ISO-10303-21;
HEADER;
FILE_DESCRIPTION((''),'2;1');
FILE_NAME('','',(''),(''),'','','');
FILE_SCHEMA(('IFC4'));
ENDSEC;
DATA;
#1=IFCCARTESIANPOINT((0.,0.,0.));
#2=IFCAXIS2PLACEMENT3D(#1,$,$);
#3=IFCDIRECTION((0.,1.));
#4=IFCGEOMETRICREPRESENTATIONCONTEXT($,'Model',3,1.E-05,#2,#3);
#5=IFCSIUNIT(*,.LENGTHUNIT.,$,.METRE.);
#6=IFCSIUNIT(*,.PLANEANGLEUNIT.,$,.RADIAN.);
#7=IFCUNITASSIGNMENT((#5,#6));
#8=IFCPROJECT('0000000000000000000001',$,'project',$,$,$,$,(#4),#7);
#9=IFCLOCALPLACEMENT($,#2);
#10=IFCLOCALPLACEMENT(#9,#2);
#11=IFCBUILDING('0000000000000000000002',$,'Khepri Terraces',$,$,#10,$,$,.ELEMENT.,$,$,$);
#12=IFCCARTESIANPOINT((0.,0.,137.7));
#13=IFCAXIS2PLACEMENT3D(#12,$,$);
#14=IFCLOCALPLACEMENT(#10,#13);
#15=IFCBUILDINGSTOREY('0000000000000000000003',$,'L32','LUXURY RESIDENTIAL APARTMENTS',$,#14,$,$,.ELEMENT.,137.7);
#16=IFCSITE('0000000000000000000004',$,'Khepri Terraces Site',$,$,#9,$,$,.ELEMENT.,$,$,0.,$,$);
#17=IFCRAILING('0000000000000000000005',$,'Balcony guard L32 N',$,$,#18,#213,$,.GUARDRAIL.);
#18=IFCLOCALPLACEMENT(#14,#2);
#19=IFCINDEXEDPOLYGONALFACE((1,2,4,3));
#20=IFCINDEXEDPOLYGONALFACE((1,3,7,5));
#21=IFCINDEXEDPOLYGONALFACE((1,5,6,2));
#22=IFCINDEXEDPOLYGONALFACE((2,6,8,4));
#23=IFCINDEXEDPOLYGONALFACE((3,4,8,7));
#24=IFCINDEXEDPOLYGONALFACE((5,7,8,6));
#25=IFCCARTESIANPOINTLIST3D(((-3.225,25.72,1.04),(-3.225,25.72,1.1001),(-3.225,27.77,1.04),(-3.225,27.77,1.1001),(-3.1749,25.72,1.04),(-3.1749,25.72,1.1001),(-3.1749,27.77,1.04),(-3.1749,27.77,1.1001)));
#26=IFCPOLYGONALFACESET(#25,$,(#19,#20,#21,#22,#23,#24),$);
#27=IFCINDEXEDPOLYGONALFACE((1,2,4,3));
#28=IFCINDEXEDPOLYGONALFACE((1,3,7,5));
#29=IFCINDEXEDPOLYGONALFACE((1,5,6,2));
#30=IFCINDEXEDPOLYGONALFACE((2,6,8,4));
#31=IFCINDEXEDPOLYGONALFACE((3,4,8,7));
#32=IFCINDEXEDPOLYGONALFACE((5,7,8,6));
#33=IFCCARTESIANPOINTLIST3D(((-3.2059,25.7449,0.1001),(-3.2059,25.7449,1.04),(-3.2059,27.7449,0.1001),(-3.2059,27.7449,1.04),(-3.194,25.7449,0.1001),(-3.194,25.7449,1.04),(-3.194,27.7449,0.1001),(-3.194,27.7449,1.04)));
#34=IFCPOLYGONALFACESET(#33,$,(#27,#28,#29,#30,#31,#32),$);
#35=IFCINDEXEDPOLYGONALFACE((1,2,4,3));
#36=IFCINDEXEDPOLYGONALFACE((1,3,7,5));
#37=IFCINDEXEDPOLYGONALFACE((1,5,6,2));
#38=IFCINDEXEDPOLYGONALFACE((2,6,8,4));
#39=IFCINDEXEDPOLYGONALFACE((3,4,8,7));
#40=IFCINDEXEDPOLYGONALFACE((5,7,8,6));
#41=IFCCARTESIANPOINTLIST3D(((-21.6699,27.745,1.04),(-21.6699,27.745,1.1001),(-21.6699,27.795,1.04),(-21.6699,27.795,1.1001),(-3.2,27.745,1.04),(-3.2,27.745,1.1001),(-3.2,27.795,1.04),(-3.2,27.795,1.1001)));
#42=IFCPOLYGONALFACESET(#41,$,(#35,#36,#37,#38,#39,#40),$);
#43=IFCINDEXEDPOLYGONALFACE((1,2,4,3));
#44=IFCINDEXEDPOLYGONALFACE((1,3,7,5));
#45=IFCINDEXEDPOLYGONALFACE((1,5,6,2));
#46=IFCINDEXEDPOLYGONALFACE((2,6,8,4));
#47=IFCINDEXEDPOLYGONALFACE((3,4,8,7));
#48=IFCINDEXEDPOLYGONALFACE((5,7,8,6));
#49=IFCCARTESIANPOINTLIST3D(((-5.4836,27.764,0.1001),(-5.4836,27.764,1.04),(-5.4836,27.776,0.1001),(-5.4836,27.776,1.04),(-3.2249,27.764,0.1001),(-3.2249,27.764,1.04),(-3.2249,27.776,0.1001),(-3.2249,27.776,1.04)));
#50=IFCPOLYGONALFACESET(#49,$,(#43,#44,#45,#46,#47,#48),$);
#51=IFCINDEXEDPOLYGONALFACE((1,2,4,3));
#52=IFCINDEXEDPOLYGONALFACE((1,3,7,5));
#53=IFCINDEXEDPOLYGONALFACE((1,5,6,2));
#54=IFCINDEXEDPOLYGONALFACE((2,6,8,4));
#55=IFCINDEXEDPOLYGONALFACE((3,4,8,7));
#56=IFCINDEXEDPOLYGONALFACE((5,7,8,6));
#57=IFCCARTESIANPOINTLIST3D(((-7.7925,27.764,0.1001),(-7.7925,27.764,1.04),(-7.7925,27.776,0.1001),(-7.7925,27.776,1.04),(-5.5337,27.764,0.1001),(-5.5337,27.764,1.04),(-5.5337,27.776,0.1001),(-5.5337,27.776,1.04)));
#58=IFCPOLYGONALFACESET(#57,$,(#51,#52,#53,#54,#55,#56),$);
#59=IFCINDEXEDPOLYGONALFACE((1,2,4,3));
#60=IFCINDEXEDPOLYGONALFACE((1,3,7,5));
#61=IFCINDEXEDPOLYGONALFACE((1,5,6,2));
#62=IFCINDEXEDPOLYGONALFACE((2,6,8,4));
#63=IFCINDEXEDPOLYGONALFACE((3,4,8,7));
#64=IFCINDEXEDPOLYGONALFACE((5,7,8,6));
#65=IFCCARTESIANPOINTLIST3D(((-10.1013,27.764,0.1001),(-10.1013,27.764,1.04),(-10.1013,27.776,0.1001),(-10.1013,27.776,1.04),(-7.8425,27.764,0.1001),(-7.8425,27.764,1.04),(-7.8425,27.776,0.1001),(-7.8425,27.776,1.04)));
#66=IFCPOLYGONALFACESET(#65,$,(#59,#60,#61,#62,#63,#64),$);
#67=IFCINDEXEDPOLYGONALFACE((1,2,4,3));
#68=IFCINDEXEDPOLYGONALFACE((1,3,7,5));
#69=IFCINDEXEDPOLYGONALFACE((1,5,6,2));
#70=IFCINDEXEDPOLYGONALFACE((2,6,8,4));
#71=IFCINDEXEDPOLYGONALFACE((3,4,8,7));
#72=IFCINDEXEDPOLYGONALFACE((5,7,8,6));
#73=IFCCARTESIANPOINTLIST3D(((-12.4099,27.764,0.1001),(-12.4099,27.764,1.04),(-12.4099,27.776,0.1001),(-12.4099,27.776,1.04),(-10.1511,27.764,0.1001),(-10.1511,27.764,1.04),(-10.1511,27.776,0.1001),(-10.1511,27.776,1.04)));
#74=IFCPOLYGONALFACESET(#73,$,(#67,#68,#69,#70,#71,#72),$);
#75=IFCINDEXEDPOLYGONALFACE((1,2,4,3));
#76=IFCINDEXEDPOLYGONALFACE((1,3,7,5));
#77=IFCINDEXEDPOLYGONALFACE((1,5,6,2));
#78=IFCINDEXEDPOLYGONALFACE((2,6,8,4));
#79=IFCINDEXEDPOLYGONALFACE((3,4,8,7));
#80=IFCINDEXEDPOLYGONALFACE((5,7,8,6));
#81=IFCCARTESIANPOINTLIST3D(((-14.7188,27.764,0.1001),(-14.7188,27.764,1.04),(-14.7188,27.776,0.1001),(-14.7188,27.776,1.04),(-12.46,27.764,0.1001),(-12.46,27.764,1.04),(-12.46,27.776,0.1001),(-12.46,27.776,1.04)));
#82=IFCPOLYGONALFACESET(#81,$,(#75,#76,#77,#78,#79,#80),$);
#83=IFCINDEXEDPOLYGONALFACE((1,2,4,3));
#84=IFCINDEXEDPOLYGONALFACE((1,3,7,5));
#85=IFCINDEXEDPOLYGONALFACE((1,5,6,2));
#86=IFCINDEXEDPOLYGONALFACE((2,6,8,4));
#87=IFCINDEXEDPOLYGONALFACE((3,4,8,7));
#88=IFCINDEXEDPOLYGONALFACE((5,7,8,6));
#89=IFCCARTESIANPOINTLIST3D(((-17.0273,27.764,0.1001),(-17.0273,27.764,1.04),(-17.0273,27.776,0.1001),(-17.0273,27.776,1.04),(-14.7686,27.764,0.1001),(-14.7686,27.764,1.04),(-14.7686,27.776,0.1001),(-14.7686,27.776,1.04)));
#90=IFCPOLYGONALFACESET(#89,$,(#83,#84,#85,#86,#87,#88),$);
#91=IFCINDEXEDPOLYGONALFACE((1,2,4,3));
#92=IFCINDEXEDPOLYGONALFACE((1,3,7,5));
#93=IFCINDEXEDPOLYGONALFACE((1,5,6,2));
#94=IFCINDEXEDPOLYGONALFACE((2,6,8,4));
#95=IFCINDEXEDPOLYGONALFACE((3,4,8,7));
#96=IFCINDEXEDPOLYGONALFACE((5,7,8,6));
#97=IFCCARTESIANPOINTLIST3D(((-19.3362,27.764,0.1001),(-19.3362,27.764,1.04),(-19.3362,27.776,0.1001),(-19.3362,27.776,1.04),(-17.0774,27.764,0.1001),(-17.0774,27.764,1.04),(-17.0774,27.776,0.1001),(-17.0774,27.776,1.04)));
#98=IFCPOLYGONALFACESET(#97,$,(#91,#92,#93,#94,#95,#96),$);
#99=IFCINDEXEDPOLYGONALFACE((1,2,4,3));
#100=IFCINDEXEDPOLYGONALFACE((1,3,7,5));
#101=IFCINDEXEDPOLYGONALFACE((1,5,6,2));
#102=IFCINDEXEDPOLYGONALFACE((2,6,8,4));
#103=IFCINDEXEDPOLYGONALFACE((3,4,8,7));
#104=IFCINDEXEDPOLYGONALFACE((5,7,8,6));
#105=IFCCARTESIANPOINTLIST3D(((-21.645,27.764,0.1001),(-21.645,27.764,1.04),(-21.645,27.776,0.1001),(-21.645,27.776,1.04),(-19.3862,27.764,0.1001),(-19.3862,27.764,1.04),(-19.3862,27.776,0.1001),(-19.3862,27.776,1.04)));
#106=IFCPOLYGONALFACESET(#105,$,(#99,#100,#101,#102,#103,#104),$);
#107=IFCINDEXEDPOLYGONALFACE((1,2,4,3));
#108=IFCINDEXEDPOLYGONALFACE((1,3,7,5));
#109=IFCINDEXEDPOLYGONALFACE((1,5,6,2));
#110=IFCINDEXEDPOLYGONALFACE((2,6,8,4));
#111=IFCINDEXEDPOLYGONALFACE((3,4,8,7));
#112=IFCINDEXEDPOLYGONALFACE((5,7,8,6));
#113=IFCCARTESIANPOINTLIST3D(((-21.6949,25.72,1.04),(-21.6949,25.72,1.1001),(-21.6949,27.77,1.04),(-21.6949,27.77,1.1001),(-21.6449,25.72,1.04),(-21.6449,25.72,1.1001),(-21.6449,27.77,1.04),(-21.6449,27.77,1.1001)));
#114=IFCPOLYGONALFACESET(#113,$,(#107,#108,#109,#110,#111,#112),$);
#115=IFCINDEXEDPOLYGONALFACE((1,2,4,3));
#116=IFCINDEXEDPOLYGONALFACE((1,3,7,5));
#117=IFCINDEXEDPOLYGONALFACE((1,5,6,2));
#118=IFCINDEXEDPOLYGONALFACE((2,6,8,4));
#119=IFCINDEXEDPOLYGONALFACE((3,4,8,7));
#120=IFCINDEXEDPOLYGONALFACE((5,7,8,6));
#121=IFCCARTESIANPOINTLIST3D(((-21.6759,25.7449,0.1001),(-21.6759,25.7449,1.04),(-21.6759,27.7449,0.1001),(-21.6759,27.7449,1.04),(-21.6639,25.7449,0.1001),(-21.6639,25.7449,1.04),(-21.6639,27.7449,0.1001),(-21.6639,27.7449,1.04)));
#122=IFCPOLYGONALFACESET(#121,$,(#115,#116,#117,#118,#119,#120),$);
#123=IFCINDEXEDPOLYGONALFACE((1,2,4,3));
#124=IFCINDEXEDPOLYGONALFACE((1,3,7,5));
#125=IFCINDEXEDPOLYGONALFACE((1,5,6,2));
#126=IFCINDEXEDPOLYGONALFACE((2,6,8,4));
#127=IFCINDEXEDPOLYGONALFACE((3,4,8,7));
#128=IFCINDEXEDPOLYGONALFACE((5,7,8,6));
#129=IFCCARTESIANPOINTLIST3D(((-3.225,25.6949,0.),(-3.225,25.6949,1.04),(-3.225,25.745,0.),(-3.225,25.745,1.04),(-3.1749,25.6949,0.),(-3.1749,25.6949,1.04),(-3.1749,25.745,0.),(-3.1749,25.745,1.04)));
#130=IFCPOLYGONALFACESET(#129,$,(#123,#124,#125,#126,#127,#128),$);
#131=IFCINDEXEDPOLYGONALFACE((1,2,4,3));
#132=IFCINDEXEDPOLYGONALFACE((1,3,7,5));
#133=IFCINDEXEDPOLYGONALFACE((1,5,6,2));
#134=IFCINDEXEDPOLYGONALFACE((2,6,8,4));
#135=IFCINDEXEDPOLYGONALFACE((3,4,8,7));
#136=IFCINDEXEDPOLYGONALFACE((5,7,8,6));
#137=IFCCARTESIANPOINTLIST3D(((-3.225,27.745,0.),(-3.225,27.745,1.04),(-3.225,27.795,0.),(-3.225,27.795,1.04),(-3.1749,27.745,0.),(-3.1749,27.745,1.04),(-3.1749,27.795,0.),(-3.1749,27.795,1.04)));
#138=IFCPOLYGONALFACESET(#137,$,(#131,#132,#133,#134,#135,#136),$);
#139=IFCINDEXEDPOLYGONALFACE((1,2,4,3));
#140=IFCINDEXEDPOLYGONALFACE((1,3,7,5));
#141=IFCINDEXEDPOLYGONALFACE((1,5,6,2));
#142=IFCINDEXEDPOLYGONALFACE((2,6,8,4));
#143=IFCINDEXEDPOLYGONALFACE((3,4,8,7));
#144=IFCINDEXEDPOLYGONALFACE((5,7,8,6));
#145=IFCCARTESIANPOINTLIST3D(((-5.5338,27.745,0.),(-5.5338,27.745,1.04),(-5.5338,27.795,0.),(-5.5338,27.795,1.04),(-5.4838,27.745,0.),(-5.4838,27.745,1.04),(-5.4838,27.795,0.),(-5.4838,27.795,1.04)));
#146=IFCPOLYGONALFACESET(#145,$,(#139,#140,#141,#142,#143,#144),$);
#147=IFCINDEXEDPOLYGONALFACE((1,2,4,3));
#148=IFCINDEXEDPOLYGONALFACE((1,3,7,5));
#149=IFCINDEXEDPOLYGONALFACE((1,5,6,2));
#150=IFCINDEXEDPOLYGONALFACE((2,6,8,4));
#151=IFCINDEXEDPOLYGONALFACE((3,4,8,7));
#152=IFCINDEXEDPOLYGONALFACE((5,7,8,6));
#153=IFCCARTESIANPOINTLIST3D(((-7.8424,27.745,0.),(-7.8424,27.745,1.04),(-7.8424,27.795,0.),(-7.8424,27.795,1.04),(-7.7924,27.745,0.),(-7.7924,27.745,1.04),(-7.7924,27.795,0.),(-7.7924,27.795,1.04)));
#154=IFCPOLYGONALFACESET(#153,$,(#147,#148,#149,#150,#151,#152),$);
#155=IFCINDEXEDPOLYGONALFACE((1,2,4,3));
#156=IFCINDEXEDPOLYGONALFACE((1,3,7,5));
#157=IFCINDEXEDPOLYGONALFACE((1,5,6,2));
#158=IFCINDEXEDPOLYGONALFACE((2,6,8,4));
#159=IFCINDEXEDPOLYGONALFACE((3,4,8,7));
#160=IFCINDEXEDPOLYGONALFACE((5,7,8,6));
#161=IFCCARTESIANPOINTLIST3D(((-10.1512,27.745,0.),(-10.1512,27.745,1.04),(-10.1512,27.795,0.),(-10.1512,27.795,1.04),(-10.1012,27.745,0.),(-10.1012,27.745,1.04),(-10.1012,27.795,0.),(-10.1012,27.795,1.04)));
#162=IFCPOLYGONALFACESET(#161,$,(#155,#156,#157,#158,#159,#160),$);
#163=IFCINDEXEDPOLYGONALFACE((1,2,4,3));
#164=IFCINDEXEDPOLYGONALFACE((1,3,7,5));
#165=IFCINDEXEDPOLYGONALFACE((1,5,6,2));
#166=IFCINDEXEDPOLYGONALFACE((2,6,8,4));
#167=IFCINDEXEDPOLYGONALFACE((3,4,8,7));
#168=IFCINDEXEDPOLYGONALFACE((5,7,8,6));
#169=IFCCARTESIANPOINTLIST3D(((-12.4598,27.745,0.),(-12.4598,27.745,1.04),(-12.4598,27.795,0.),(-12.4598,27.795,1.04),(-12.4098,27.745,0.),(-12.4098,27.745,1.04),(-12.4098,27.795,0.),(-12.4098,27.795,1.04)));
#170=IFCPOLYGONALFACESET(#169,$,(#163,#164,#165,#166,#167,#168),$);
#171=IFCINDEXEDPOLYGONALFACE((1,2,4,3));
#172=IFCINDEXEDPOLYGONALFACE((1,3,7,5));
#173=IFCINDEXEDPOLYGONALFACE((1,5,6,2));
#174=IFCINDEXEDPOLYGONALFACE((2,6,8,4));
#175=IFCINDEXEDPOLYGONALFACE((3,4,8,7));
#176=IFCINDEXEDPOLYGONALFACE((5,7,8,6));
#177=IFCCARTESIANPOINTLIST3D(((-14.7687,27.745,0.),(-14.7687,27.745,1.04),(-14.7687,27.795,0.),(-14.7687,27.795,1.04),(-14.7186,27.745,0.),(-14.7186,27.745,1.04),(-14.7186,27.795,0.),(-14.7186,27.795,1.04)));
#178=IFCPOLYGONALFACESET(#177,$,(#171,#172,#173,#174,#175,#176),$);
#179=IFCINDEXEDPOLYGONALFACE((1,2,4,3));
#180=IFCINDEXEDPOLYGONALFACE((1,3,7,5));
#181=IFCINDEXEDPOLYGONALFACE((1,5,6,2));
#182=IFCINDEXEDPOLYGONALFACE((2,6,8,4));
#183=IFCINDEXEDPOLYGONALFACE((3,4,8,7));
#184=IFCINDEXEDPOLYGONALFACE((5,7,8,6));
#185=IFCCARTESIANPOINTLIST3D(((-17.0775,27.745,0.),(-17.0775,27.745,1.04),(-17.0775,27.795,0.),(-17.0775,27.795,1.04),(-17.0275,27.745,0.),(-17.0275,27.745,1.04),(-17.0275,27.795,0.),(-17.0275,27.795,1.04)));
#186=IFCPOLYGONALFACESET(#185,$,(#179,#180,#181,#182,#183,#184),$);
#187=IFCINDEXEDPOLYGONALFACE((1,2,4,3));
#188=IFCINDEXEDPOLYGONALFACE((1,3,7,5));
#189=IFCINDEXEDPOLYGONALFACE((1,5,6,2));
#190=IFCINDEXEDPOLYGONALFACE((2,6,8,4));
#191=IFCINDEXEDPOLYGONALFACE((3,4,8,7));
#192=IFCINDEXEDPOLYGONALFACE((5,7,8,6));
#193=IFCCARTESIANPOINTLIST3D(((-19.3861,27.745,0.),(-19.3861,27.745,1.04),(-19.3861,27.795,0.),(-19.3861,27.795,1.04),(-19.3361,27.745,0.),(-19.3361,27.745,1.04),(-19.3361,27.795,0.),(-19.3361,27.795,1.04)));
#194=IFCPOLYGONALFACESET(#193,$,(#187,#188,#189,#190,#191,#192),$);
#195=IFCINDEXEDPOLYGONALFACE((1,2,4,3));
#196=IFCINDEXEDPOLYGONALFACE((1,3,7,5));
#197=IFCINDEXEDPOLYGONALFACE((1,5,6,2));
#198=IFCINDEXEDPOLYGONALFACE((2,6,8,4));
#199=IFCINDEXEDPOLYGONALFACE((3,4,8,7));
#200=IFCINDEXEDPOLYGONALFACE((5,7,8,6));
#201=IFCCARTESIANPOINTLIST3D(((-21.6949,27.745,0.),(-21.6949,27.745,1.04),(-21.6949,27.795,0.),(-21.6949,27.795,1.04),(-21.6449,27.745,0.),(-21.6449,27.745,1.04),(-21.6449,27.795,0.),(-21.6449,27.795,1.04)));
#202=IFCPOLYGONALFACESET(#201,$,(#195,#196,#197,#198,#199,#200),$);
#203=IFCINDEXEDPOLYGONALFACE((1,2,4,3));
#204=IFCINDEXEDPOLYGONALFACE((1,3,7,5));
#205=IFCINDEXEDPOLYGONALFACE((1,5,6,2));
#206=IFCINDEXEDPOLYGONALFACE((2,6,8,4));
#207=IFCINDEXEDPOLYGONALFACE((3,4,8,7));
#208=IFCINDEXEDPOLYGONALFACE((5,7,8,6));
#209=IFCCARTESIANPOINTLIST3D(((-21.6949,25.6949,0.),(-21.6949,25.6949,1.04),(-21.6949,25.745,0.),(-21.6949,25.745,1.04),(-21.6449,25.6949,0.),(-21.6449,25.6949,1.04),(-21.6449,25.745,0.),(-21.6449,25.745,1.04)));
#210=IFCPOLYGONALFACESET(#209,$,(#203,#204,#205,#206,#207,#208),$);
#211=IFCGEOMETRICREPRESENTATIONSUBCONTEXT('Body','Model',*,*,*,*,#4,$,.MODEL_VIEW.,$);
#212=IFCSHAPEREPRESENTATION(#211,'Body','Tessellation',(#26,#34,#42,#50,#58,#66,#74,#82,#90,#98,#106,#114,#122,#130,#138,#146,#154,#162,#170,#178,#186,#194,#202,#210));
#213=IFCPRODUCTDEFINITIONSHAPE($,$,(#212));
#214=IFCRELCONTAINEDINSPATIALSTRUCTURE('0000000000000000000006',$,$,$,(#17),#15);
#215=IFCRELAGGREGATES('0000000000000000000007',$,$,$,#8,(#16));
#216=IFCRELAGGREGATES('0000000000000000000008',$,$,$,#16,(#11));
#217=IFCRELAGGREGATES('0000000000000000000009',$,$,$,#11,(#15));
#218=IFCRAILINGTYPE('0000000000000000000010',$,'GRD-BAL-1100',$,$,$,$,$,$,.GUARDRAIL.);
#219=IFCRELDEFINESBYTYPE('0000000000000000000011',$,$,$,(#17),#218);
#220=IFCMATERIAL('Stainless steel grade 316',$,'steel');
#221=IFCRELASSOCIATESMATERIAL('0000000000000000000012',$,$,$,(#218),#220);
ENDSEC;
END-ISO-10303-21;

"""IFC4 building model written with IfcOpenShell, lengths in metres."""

from ifc_helpers import new_model, si_unit, direction, frame, origin, origin_2d, place, context, subcontext, project, spatial, rectangle, extrude, material, type_object, element, save


model = new_model("IFC4")

# Units and contexts
model_context = context("Model", 3, precision=1e-05, world=origin(), true_north=direction((0.0, 1.0)))
body_context = subcontext(model_context, "Body", "Model", "MODEL_VIEW")
ifc_project = project(units=[si_unit("LENGTHUNIT", "METRE"), si_unit("PLANEANGLEUNIT", "RADIAN")], contexts=[model_context])

# Site, building, storey
site_placement = place(None, origin())
site = spatial("IfcSite", under=ifc_project, at=site_placement, Name="Khepri Terraces Site", CompositionType="ELEMENT", RefElevation=0.0)
building_placement = place(site_placement, origin())
building = spatial("IfcBuilding", under=site, at=building_placement, Name="Khepri Terraces", CompositionType="ELEMENT")
storey_placement = place(building_placement, frame((0.0, 0.0, 137.7)))
storey = spatial("IfcBuildingStorey", under=building, at=storey_placement, Name="L32", Description="LUXURY RESIDENTIAL APARTMENTS", CompositionType="ELEMENT", Elevation=137.7)

# Railing
ifc_material_1 = material(Name="Stainless steel grade 316", Category="steel")
railing_type = type_object("IfcRailingType", Name="GRD-BAL-1100", PredefinedType="GUARDRAIL", material=ifc_material_1)
railing_placement = place(storey_placement, frame((-3.2, 25.72, 0.0)))
element("IfcRailing", 1, at=railing_placement, inside=storey, type_object=railing_type, Name="Balcony guard L32 N", PredefinedType="GUARDRAIL", context=body_context, shape_type="SweptSolid", body=[
    extrude(rectangle(XDim=0.05, YDim=0.0601, at=origin_2d()), frame((0.0, 0.0, 1.0701), z_axis=(0.0, 1.0, 0.0), x_axis=(-1.0, 0.0, 0.0)), (0.0, 0.0, 1.0), 2.05),
    extrude(rectangle(XDim=2.0, YDim=0.012, at=origin_2d()), frame((0.0, 1.0249, 0.1001), z_axis=(0.0, 0.0, 1.0), x_axis=(0.0, 1.0, 0.0)), (0.0, 0.0, 1.0), 0.9399),
    extrude(rectangle(XDim=0.05, YDim=0.0601, at=origin_2d()), frame((0.0, 2.05, 1.0701), z_axis=(-1.0, 0.0, 0.0), x_axis=(0.0, -1.0, 0.0)), (0.0, 0.0, 1.0), 18.47),
    extrude(rectangle(XDim=2.2588, YDim=0.012, at=origin_2d()), frame((-1.1543, 2.05, 0.1001), z_axis=(0.0, 0.0, 1.0), x_axis=(-1.0, 0.0, 0.0)), (0.0, 0.0, 1.0), 0.9399),
    extrude(rectangle(XDim=2.2588, YDim=0.012, at=origin_2d()), frame((-3.4631, 2.05, 0.1001), z_axis=(0.0, 0.0, 1.0), x_axis=(-1.0, 0.0, 0.0)), (0.0, 0.0, 1.0), 0.9399),
    extrude(rectangle(XDim=2.2588, YDim=0.012, at=origin_2d()), frame((-5.772, 2.05, 0.1001), z_axis=(0.0, 0.0, 1.0), x_axis=(-1.0, 0.0, 0.0)), (0.0, 0.0, 1.0), 0.9399),
    extrude(rectangle(XDim=2.2588, YDim=0.012, at=origin_2d()), frame((-8.0806, 2.05, 0.1001), z_axis=(0.0, 0.0, 1.0), x_axis=(-1.0, 0.0, 0.0)), (0.0, 0.0, 1.0), 0.9399),
    extrude(rectangle(XDim=2.2588, YDim=0.012, at=origin_2d()), frame((-10.3894, 2.05, 0.1001), z_axis=(0.0, 0.0, 1.0), x_axis=(-1.0, 0.0, 0.0)), (0.0, 0.0, 1.0), 0.9399),
    extrude(rectangle(XDim=2.2588, YDim=0.012, at=origin_2d()), frame((-12.698, 2.05, 0.1001), z_axis=(0.0, 0.0, 1.0), x_axis=(-1.0, 0.0, 0.0)), (0.0, 0.0, 1.0), 0.9399),
    extrude(rectangle(XDim=2.2588, YDim=0.012, at=origin_2d()), frame((-15.0068, 2.05, 0.1001), z_axis=(0.0, 0.0, 1.0), x_axis=(-1.0, 0.0, 0.0)), (0.0, 0.0, 1.0), 0.9399),
    extrude(rectangle(XDim=2.2588, YDim=0.012, at=origin_2d()), frame((-17.3157, 2.05, 0.1001), z_axis=(0.0, 0.0, 1.0), x_axis=(-1.0, 0.0, 0.0)), (0.0, 0.0, 1.0), 0.9399),
    extrude(rectangle(XDim=0.05, YDim=0.0601, at=origin_2d()), frame((-18.47, 2.05, 1.0701), z_axis=(0.0, -1.0, 0.0), x_axis=(1.0, 0.0, 0.0)), (0.0, 0.0, 1.0), 2.05),
    extrude(rectangle(XDim=2.0, YDim=0.012, at=origin_2d()), frame((-18.47, 1.0249, 0.1001), z_axis=(0.0, 0.0, 1.0), x_axis=(0.0, -1.0, 0.0)), (0.0, 0.0, 1.0), 0.9399),
    extrude(rectangle(XDim=0.05, YDim=0.05, at=origin_2d()), origin(), (0.0, 0.0, 1.0), 1.04),
    extrude(rectangle(XDim=0.05, YDim=0.05, at=origin_2d()), frame((0.0, 2.05, 0.0)), (0.0, 0.0, 1.0), 1.04),
    extrude(rectangle(XDim=0.05, YDim=0.05, at=origin_2d()), frame((-2.3088, 2.05, 0.0)), (0.0, 0.0, 1.0), 1.04),
    extrude(rectangle(XDim=0.05, YDim=0.05, at=origin_2d()), frame((-4.6174, 2.05, 0.0)), (0.0, 0.0, 1.0), 1.04),
    extrude(rectangle(XDim=0.05, YDim=0.05, at=origin_2d()), frame((-6.9263, 2.05, 0.0)), (0.0, 0.0, 1.0), 1.04),
    extrude(rectangle(XDim=0.05, YDim=0.05, at=origin_2d()), frame((-9.2349, 2.05, 0.0)), (0.0, 0.0, 1.0), 1.04),
    extrude(rectangle(XDim=0.05, YDim=0.05, at=origin_2d()), frame((-11.5437, 2.05, 0.0)), (0.0, 0.0, 1.0), 1.04),
    extrude(rectangle(XDim=0.05, YDim=0.05, at=origin_2d()), frame((-13.8525, 2.05, 0.0)), (0.0, 0.0, 1.0), 1.04),
    extrude(rectangle(XDim=0.05, YDim=0.05, at=origin_2d()), frame((-16.1611, 2.05, 0.0)), (0.0, 0.0, 1.0), 1.04),
    extrude(rectangle(XDim=0.05, YDim=0.05, at=origin_2d()), frame((-18.47, 2.05, 0.0)), (0.0, 0.0, 1.0), 1.04),
    extrude(rectangle(XDim=0.05, YDim=0.05, at=origin_2d()), frame((-18.47, 0.0, 0.0)), (0.0, 0.0, 1.0), 1.04),
])

save(model, "model.ifc")
